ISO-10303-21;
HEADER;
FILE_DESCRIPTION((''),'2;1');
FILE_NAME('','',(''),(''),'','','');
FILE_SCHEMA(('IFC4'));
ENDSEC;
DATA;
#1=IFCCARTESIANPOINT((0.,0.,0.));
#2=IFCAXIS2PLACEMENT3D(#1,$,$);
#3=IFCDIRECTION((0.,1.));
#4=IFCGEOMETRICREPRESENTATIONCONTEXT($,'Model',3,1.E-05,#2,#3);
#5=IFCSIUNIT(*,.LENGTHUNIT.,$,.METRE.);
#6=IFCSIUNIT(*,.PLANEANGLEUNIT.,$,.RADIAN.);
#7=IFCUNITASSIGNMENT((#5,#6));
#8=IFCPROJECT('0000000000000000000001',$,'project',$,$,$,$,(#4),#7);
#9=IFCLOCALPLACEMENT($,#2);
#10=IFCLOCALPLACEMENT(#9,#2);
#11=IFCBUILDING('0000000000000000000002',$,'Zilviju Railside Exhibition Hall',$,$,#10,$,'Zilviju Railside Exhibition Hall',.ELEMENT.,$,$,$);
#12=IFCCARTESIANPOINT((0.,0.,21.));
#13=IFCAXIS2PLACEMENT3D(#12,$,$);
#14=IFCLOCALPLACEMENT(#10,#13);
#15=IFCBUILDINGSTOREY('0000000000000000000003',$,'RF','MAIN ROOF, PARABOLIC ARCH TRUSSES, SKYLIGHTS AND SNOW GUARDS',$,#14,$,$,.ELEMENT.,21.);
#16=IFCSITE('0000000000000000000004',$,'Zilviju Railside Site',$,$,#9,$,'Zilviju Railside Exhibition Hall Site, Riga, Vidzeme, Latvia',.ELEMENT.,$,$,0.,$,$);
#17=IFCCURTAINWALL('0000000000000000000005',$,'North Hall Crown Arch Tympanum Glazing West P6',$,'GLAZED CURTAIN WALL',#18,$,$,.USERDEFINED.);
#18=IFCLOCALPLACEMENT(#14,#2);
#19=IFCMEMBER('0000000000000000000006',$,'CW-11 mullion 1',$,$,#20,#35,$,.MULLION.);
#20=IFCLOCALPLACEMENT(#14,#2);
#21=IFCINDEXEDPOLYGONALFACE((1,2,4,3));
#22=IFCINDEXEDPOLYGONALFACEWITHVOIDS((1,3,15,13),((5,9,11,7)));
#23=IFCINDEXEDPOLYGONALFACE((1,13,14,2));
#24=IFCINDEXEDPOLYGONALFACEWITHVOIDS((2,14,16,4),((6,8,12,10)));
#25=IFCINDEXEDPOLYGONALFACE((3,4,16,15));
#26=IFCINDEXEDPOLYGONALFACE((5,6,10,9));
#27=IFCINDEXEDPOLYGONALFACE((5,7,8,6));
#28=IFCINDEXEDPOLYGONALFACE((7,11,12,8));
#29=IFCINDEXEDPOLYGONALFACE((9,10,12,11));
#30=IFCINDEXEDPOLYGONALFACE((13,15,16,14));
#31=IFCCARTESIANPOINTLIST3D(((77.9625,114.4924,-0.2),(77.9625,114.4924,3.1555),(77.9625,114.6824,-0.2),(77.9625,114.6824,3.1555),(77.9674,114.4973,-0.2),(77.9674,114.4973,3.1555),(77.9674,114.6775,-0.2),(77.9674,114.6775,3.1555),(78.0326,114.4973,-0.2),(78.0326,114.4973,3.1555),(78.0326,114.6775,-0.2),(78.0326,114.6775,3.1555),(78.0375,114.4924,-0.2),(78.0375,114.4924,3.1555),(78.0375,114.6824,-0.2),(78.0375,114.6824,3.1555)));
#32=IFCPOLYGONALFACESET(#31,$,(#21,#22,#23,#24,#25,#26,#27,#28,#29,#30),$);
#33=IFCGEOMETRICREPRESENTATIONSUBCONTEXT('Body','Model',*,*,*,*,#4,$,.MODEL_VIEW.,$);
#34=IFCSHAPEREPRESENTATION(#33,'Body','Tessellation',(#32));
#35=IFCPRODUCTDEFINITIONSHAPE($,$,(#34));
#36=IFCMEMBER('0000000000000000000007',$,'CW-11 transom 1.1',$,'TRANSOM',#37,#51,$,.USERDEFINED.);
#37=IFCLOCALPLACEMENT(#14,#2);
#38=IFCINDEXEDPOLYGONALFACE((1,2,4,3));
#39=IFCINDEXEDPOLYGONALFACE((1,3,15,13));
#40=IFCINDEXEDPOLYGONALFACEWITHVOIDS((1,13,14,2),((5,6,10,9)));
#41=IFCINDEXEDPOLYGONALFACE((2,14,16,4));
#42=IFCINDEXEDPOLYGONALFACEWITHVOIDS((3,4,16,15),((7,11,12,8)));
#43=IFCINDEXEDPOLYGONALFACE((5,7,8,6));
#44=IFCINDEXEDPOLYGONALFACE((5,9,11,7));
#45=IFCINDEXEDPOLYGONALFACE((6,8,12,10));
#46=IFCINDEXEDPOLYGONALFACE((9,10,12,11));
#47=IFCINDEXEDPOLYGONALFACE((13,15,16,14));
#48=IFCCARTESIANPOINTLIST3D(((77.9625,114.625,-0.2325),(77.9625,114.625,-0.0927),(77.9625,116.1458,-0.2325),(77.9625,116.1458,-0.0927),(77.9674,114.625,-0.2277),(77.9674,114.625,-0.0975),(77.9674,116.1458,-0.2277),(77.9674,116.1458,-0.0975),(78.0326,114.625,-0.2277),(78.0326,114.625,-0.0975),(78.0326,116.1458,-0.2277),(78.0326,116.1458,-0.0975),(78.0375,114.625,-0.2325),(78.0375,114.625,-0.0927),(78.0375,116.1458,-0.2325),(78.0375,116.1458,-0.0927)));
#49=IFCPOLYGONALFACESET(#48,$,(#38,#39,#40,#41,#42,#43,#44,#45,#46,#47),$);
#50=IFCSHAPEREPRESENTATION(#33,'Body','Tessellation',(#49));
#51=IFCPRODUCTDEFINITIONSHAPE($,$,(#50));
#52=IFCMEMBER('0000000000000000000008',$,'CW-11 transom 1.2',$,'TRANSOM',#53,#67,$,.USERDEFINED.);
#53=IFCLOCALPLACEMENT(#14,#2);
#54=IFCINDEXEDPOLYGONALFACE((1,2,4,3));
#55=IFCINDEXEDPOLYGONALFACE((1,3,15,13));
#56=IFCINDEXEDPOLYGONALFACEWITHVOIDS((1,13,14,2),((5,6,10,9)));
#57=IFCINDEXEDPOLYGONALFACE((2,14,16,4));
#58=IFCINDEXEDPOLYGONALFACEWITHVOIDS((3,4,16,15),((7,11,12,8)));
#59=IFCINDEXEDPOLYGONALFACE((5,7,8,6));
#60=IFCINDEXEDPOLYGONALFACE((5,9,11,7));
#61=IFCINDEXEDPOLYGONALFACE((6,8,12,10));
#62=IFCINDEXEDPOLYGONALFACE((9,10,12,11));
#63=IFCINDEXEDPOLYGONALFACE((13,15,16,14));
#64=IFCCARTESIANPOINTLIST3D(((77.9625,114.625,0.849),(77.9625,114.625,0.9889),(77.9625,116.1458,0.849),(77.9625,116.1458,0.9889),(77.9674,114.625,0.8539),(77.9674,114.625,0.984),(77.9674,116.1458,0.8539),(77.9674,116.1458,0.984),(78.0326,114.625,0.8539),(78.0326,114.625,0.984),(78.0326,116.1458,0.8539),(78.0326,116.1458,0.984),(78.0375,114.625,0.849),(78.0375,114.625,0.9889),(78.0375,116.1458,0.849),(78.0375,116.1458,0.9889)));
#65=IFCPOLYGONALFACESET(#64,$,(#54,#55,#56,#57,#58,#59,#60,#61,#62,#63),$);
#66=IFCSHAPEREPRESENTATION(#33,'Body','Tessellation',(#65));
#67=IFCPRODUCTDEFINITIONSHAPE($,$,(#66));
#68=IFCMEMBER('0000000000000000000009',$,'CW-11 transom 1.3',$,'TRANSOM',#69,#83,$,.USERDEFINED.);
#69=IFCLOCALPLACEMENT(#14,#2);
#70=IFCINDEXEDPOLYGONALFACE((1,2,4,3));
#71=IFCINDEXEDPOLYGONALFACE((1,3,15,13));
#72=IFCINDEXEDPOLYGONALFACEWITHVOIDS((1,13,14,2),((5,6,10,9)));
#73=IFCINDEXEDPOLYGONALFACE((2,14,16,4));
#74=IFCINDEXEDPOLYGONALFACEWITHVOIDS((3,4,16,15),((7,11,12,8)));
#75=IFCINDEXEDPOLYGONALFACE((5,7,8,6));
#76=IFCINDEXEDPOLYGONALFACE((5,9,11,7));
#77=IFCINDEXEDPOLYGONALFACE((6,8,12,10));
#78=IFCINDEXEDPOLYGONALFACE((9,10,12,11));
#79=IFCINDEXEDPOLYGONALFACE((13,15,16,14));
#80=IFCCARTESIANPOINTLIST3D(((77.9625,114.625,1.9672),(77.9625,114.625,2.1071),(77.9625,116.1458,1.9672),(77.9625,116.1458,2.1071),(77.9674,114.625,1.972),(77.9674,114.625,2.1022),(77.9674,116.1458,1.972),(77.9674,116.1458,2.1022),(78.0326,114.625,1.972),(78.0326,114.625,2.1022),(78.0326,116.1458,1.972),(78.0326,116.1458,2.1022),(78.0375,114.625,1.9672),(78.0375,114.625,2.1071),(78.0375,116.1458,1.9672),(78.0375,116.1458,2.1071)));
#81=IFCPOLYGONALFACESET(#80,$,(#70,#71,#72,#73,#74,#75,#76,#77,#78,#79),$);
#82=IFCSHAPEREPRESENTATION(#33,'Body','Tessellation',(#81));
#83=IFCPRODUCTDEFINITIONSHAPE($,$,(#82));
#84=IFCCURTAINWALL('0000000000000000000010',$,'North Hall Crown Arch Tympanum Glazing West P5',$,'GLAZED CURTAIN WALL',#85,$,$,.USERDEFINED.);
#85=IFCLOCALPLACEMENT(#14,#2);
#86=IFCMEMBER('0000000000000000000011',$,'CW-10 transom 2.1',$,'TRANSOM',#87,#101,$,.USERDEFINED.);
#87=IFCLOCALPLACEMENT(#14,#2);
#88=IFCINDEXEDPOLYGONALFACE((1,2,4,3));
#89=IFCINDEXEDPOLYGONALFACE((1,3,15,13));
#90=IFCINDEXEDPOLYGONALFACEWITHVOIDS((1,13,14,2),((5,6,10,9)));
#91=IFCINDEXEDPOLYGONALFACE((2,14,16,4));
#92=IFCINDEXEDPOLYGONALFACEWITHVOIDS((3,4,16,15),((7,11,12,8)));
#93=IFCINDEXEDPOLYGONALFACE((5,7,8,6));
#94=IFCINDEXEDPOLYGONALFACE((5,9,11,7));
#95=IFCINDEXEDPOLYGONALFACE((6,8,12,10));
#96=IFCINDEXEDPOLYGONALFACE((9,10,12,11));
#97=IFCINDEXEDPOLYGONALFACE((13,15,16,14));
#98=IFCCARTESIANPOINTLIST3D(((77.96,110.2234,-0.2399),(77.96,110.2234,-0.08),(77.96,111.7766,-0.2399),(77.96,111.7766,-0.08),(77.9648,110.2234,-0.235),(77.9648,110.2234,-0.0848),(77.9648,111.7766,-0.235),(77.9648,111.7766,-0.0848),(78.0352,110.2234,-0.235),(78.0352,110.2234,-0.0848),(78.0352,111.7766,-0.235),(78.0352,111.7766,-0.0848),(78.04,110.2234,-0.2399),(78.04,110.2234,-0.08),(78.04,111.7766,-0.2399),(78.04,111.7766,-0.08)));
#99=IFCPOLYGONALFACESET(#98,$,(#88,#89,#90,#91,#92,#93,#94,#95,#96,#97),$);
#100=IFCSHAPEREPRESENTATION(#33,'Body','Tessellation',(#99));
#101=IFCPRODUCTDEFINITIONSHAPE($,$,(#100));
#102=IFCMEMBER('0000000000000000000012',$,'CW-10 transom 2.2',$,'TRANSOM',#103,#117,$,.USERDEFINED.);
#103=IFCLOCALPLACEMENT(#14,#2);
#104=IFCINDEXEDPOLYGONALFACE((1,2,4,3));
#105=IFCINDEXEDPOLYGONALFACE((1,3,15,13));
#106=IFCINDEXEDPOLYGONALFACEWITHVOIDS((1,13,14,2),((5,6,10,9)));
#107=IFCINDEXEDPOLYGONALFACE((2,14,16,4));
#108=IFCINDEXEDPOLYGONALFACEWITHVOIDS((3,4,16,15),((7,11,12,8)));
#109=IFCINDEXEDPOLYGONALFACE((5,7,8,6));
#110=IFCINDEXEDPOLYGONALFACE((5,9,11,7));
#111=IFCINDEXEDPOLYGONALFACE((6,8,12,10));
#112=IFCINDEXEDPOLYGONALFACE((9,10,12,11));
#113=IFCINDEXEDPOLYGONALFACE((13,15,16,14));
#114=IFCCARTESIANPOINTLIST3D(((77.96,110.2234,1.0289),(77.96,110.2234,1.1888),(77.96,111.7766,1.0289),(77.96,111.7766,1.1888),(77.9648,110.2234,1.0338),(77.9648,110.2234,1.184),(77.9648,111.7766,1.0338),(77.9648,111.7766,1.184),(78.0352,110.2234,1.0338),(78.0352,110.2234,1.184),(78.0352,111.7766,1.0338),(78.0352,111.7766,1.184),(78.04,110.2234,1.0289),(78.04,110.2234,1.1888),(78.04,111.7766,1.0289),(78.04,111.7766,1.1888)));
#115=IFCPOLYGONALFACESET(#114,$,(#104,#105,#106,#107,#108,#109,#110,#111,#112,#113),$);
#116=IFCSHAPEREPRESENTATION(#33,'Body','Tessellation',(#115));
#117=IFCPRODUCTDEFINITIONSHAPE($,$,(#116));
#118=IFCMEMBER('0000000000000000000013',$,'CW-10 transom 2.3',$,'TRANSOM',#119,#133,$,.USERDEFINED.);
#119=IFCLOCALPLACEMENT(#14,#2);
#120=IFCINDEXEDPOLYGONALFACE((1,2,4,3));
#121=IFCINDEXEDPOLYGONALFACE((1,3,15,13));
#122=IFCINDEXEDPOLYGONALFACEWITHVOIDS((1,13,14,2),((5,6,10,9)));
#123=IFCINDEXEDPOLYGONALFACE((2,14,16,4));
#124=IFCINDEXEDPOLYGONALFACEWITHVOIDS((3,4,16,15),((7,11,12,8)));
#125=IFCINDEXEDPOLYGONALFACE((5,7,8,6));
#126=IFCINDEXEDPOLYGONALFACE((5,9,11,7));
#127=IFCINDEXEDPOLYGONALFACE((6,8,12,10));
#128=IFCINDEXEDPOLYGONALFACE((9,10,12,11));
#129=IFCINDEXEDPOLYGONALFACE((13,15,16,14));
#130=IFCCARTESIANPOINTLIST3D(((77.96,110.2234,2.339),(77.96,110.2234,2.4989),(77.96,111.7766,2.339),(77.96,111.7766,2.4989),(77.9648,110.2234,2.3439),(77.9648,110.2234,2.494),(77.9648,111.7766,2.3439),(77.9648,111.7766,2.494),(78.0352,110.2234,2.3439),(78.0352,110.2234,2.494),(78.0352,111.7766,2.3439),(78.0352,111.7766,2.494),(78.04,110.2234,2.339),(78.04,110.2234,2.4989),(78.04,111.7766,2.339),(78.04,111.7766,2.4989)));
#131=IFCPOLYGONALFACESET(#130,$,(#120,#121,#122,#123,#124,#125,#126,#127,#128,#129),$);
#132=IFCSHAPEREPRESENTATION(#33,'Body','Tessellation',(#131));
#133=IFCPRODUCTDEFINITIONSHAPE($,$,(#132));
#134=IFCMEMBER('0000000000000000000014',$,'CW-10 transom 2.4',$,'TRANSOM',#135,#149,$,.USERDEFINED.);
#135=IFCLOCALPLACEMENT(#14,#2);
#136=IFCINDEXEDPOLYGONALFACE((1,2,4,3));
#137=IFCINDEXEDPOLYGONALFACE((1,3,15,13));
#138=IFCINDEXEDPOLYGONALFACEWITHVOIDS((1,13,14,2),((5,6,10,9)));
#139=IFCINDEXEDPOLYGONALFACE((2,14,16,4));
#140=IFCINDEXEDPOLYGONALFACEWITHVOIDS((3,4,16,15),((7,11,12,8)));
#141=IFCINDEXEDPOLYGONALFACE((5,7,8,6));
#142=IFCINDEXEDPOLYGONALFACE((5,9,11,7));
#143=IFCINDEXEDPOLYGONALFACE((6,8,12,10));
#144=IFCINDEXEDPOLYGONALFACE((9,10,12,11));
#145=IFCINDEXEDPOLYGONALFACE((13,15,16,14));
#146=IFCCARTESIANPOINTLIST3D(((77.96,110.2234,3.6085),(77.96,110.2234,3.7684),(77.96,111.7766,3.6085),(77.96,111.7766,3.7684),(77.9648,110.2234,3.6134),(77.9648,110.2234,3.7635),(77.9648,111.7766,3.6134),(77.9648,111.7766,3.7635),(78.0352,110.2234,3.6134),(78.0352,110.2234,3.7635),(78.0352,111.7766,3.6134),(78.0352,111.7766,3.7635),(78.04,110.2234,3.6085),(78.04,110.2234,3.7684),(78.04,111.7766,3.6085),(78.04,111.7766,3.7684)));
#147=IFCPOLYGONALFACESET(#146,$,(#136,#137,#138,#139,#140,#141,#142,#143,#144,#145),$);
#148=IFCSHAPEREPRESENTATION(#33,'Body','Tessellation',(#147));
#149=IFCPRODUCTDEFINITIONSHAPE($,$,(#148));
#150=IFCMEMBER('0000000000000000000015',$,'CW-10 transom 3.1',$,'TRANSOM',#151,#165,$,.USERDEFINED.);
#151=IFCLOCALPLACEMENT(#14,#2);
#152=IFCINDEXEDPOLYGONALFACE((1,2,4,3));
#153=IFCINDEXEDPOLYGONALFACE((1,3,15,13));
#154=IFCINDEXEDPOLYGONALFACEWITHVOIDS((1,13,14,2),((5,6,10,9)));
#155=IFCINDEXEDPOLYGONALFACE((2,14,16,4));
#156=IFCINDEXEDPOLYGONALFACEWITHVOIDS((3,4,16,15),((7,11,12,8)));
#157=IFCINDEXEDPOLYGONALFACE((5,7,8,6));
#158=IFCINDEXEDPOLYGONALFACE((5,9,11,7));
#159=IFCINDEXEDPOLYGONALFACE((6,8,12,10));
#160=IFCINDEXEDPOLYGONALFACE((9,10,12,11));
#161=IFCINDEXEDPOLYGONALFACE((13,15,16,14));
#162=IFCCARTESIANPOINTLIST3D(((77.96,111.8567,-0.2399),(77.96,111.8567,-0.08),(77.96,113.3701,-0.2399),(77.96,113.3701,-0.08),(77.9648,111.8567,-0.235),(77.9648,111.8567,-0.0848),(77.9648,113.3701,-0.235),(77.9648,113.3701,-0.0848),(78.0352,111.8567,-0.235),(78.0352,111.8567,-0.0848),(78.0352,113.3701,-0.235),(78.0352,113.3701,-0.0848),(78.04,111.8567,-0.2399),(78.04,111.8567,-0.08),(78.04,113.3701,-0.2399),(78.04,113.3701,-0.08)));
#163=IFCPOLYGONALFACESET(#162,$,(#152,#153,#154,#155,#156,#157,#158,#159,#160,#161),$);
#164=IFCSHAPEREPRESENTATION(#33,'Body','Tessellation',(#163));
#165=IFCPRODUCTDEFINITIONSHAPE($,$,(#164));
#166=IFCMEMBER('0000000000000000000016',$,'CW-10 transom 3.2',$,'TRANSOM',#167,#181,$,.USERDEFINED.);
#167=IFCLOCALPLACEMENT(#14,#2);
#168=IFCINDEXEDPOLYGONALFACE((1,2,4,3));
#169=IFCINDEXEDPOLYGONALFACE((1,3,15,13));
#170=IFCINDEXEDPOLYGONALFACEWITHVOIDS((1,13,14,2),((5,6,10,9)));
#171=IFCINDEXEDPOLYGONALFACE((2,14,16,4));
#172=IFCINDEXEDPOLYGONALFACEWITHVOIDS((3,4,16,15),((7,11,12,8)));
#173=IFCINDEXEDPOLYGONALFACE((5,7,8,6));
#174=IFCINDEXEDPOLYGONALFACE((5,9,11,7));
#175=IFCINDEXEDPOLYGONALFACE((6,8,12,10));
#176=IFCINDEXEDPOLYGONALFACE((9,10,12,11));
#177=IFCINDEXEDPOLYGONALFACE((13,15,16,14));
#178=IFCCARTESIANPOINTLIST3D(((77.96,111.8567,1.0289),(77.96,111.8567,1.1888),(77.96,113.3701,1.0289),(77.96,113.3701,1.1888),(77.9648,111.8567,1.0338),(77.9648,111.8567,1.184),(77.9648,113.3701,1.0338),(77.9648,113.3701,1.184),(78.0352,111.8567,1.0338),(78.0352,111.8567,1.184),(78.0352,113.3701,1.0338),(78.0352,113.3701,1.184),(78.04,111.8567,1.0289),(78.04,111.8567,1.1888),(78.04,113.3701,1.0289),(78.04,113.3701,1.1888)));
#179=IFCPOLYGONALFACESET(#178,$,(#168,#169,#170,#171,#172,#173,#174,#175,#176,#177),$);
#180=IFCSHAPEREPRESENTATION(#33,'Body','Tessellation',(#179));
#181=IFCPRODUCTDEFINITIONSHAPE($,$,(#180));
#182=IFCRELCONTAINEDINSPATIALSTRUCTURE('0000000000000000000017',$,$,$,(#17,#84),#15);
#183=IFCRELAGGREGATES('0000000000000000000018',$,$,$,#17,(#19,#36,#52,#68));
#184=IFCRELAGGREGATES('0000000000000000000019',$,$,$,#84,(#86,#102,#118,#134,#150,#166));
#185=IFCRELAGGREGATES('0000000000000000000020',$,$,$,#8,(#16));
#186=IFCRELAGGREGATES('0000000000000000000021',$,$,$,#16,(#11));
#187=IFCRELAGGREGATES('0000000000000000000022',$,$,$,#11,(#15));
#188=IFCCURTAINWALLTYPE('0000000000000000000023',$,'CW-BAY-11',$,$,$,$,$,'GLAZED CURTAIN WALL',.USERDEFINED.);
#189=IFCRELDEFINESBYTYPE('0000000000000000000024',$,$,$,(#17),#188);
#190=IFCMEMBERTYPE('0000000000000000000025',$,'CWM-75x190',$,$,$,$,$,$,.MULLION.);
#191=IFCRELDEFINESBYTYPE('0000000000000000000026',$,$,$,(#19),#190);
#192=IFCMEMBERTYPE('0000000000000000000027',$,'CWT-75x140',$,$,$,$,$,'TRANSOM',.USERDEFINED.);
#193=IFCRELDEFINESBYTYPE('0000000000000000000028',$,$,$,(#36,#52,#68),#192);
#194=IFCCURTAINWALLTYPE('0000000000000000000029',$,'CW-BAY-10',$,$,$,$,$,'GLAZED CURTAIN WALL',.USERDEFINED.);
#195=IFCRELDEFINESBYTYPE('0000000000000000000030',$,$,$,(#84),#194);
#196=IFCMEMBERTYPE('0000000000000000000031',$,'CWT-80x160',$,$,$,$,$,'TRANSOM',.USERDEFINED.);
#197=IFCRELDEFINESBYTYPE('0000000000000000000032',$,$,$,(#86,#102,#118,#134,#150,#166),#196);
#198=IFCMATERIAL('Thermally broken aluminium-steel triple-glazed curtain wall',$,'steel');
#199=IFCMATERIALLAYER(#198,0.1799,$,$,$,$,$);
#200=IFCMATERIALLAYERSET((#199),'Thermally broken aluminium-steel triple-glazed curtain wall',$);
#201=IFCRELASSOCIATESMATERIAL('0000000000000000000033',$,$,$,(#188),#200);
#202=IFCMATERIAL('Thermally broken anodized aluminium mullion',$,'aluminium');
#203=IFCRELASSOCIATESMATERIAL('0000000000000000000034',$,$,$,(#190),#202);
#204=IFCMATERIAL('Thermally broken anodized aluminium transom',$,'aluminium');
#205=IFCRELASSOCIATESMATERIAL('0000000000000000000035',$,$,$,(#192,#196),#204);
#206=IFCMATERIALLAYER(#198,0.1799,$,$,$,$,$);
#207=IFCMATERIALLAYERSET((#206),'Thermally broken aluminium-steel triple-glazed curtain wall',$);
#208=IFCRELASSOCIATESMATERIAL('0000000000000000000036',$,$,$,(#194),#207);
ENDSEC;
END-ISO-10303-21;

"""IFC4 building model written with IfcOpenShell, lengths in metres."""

from ifc_helpers import new_model, si_unit, direction, frame, origin, origin_2d, place, context, subcontext, project, spatial, hollow_rectangle, extrude, material, layer, layer_set, material_profile, profile_set, type_object, element, aggregate, save


model = new_model("IFC4")

# Units and contexts
model_context = context("Model", 3, precision=1e-05, world=origin(), true_north=direction((0.0, 1.0)))
body_context = subcontext(model_context, "Body", "Model", "MODEL_VIEW")
ifc_project = project(units=[si_unit("LENGTHUNIT", "METRE"), si_unit("PLANEANGLEUNIT", "RADIAN")], contexts=[model_context])

# Site, building, storey
site_placement = place(None, origin())
site = spatial("IfcSite", under=ifc_project, at=site_placement, Name="Zilviju Railside Site", LongName="Zilviju Railside Exhibition Hall Site, Riga, Vidzeme, Latvia", CompositionType="ELEMENT", RefElevation=0.0)
building_placement = place(site_placement, origin())
building = spatial("IfcBuilding", under=site, at=building_placement, Name="Zilviju Railside Exhibition Hall", LongName="Zilviju Railside Exhibition Hall", CompositionType="ELEMENT")
storey_placement = place(building_placement, frame((0.0, 0.0, 21.0)))
storey = spatial("IfcBuildingStorey", under=building, at=storey_placement, Name="RF", Description="MAIN ROOF, PARABOLIC ARCH TRUSSES, SKYLIGHTS AND SNOW GUARDS", CompositionType="ELEMENT", Elevation=21.0)

# Curtain walls, members
ifc_material_1 = material(Name="Thermally broken aluminium-steel triple-glazed curtain wall", Category="steel")
ifc_layer_1 = layer(ifc_material_1, 0.1799)
ifc_layer_set_1 = layer_set([ifc_layer_1], Name="Thermally broken aluminium-steel triple-glazed curtain wall")
curtain_wall_type_1 = type_object("IfcCurtainWallType", Name="CW-BAY-11", ElementType="GLAZED CURTAIN WALL", PredefinedType="USERDEFINED", material=ifc_layer_set_1)
curtain_wall_1_placement = place(storey_placement, origin())
curtain_wall_1 = element("IfcCurtainWall", 1, at=curtain_wall_1_placement, inside=storey, type_object=curtain_wall_type_1, Name="North Hall Crown Arch Tympanum Glazing West P6", ObjectType="GLAZED CURTAIN WALL", PredefinedType="USERDEFINED")
ifc_material_2 = material(Name="Thermally broken anodized aluminium mullion", Category="aluminium")
ifc_material_profile_1 = material_profile(ifc_material_2, hollow_rectangle(XDim=0.075, YDim=0.1899, WallThickness=0.0049, at=origin_2d()), Name="MULLION 190x75x5")
ifc_profile_set_1 = profile_set([ifc_material_profile_1], Name="Thermally broken anodized aluminium mullion")
member_type_1 = type_object("IfcMemberType", Name="CWM-75x190", PredefinedType="MULLION", material=ifc_profile_set_1)
member_1_placement = place(storey_placement, frame((78.0, 114.5874, -0.2), z_axis=(0.0, 0.0, 1.0), x_axis=(-1.0, 0.0, 0.0)))
member_1 = element("IfcMember", 2, at=member_1_placement, type_object=member_type_1, Name="CW-11 mullion 1", PredefinedType="MULLION", context=body_context, shape_type="SweptSolid", body=[
    extrude(hollow_rectangle(XDim=0.075, YDim=0.1899, WallThickness=0.0049, at=origin_2d()), origin(), (0.0, 0.0, 1.0), 3.3555),
])
ifc_material_3 = material(Name="Thermally broken anodized aluminium transom", Category="aluminium")
ifc_material_profile_2 = material_profile(ifc_material_3, hollow_rectangle(XDim=0.075, YDim=0.1399, WallThickness=0.0049, at=origin_2d()), Name="TRANSOM 140x75x5")
ifc_profile_set_2 = profile_set([ifc_material_profile_2], Name="Thermally broken anodized aluminium transom")
member_type_2 = type_object("IfcMemberType", Name="CWT-75x140", ElementType="TRANSOM", PredefinedType="USERDEFINED", material=ifc_profile_set_2)
member_2_placement = place(storey_placement, frame((78.0, 114.625, -0.1626), z_axis=(0.0, 1.0, 0.0), x_axis=(-1.0, 0.0, 0.0)))
member_2 = element("IfcMember", 3, at=member_2_placement, type_object=member_type_2, Name="CW-11 transom 1.1", ObjectType="TRANSOM", PredefinedType="USERDEFINED", context=body_context, shape_type="SweptSolid", body=[
    extrude(hollow_rectangle(XDim=0.075, YDim=0.1399, WallThickness=0.0049, at=origin_2d()), origin(), (0.0, 0.0, 1.0), 1.5208),
])
member_3_placement = place(storey_placement, frame((78.0, 114.625, 0.9189), z_axis=(0.0, 1.0, 0.0), x_axis=(-1.0, 0.0, 0.0)))
member_3 = element("IfcMember", 4, at=member_3_placement, type_object=member_type_2, Name="CW-11 transom 1.2", ObjectType="TRANSOM", PredefinedType="USERDEFINED", context=body_context, shape_type="SweptSolid", body=[
    extrude(hollow_rectangle(XDim=0.075, YDim=0.1399, WallThickness=0.0049, at=origin_2d()), origin(), (0.0, 0.0, 1.0), 1.5208),
])
member_4_placement = place(storey_placement, frame((78.0, 114.625, 2.0371), z_axis=(0.0, 1.0, 0.0), x_axis=(-1.0, 0.0, 0.0)))
member_4 = element("IfcMember", 5, at=member_4_placement, type_object=member_type_2, Name="CW-11 transom 1.3", ObjectType="TRANSOM", PredefinedType="USERDEFINED", context=body_context, shape_type="SweptSolid", body=[
    extrude(hollow_rectangle(XDim=0.075, YDim=0.1399, WallThickness=0.0049, at=origin_2d()), origin(), (0.0, 0.0, 1.0), 1.5208),
])
aggregate(curtain_wall_1, [member_1, member_2, member_3, member_4])
ifc_layer_2 = layer(ifc_material_1, 0.1799)
ifc_layer_set_2 = layer_set([ifc_layer_2], Name="Thermally broken aluminium-steel triple-glazed curtain wall")
curtain_wall_type_2 = type_object("IfcCurtainWallType", Name="CW-BAY-10", ElementType="GLAZED CURTAIN WALL", PredefinedType="USERDEFINED", material=ifc_layer_set_2)
curtain_wall_2_placement = place(storey_placement, origin())
curtain_wall_2 = element("IfcCurtainWall", 6, at=curtain_wall_2_placement, inside=storey, type_object=curtain_wall_type_2, Name="North Hall Crown Arch Tympanum Glazing West P5", ObjectType="GLAZED CURTAIN WALL", PredefinedType="USERDEFINED")
ifc_material_profile_3 = material_profile(ifc_material_3, hollow_rectangle(XDim=0.0801, YDim=0.1599, WallThickness=0.0049, at=origin_2d()), Name="TRANSOM 160x80x5")
ifc_profile_set_3 = profile_set([ifc_material_profile_3], Name="Thermally broken anodized aluminium transom")
member_type_3 = type_object("IfcMemberType", Name="CWT-80x160", ElementType="TRANSOM", PredefinedType="USERDEFINED", material=ifc_profile_set_3)
member_5_placement = place(storey_placement, frame((78.0, 110.2234, -0.1599), z_axis=(0.0, 1.0, 0.0), x_axis=(-1.0, 0.0, 0.0)))
member_5 = element("IfcMember", 7, at=member_5_placement, type_object=member_type_3, Name="CW-10 transom 2.1", ObjectType="TRANSOM", PredefinedType="USERDEFINED", context=body_context, shape_type="SweptSolid", body=[
    extrude(hollow_rectangle(XDim=0.0801, YDim=0.1599, WallThickness=0.0049, at=origin_2d()), origin(), (0.0, 0.0, 1.0), 1.5532),
])
member_6_placement = place(storey_placement, frame((78.0, 110.2234, 1.1089), z_axis=(0.0, 1.0, 0.0), x_axis=(-1.0, 0.0, 0.0)))
member_6 = element("IfcMember", 8, at=member_6_placement, type_object=member_type_3, Name="CW-10 transom 2.2", ObjectType="TRANSOM", PredefinedType="USERDEFINED", context=body_context, shape_type="SweptSolid", body=[
    extrude(hollow_rectangle(XDim=0.0801, YDim=0.1599, WallThickness=0.0049, at=origin_2d()), origin(), (0.0, 0.0, 1.0), 1.5532),
])
member_7_placement = place(storey_placement, frame((78.0, 110.2234, 2.4189), z_axis=(0.0, 1.0, 0.0), x_axis=(-1.0, 0.0, 0.0)))
member_7 = element("IfcMember", 9, at=member_7_placement, type_object=member_type_3, Name="CW-10 transom 2.3", ObjectType="TRANSOM", PredefinedType="USERDEFINED", context=body_context, shape_type="SweptSolid", body=[
    extrude(hollow_rectangle(XDim=0.0801, YDim=0.1599, WallThickness=0.0049, at=origin_2d()), origin(), (0.0, 0.0, 1.0), 1.5532),
])
member_8_placement = place(storey_placement, frame((78.0, 110.2234, 3.6885), z_axis=(0.0, 1.0, 0.0), x_axis=(-1.0, 0.0, 0.0)))
member_8 = element("IfcMember", 10, at=member_8_placement, type_object=member_type_3, Name="CW-10 transom 2.4", ObjectType="TRANSOM", PredefinedType="USERDEFINED", context=body_context, shape_type="SweptSolid", body=[
    extrude(hollow_rectangle(XDim=0.0801, YDim=0.1599, WallThickness=0.0049, at=origin_2d()), origin(), (0.0, 0.0, 1.0), 1.5532),
])
member_9_placement = place(storey_placement, frame((78.0, 111.8567, -0.1599), z_axis=(0.0, 1.0, 0.0), x_axis=(-1.0, 0.0, 0.0)))
member_9 = element("IfcMember", 11, at=member_9_placement, type_object=member_type_3, Name="CW-10 transom 3.1", ObjectType="TRANSOM", PredefinedType="USERDEFINED", context=body_context, shape_type="SweptSolid", body=[
    extrude(hollow_rectangle(XDim=0.0801, YDim=0.1599, WallThickness=0.0049, at=origin_2d()), origin(), (0.0, 0.0, 1.0), 1.5134),
])
member_10_placement = place(storey_placement, frame((78.0, 111.8567, 1.1089), z_axis=(0.0, 1.0, 0.0), x_axis=(-1.0, 0.0, 0.0)))
member_10 = element("IfcMember", 12, at=member_10_placement, type_object=member_type_3, Name="CW-10 transom 3.2", ObjectType="TRANSOM", PredefinedType="USERDEFINED", context=body_context, shape_type="SweptSolid", body=[
    extrude(hollow_rectangle(XDim=0.0801, YDim=0.1599, WallThickness=0.0049, at=origin_2d()), origin(), (0.0, 0.0, 1.0), 1.5134),
])

aggregate(curtain_wall_2, [member_5, member_6, member_7, member_8, member_9, member_10])

save(model, "model.ifc")
